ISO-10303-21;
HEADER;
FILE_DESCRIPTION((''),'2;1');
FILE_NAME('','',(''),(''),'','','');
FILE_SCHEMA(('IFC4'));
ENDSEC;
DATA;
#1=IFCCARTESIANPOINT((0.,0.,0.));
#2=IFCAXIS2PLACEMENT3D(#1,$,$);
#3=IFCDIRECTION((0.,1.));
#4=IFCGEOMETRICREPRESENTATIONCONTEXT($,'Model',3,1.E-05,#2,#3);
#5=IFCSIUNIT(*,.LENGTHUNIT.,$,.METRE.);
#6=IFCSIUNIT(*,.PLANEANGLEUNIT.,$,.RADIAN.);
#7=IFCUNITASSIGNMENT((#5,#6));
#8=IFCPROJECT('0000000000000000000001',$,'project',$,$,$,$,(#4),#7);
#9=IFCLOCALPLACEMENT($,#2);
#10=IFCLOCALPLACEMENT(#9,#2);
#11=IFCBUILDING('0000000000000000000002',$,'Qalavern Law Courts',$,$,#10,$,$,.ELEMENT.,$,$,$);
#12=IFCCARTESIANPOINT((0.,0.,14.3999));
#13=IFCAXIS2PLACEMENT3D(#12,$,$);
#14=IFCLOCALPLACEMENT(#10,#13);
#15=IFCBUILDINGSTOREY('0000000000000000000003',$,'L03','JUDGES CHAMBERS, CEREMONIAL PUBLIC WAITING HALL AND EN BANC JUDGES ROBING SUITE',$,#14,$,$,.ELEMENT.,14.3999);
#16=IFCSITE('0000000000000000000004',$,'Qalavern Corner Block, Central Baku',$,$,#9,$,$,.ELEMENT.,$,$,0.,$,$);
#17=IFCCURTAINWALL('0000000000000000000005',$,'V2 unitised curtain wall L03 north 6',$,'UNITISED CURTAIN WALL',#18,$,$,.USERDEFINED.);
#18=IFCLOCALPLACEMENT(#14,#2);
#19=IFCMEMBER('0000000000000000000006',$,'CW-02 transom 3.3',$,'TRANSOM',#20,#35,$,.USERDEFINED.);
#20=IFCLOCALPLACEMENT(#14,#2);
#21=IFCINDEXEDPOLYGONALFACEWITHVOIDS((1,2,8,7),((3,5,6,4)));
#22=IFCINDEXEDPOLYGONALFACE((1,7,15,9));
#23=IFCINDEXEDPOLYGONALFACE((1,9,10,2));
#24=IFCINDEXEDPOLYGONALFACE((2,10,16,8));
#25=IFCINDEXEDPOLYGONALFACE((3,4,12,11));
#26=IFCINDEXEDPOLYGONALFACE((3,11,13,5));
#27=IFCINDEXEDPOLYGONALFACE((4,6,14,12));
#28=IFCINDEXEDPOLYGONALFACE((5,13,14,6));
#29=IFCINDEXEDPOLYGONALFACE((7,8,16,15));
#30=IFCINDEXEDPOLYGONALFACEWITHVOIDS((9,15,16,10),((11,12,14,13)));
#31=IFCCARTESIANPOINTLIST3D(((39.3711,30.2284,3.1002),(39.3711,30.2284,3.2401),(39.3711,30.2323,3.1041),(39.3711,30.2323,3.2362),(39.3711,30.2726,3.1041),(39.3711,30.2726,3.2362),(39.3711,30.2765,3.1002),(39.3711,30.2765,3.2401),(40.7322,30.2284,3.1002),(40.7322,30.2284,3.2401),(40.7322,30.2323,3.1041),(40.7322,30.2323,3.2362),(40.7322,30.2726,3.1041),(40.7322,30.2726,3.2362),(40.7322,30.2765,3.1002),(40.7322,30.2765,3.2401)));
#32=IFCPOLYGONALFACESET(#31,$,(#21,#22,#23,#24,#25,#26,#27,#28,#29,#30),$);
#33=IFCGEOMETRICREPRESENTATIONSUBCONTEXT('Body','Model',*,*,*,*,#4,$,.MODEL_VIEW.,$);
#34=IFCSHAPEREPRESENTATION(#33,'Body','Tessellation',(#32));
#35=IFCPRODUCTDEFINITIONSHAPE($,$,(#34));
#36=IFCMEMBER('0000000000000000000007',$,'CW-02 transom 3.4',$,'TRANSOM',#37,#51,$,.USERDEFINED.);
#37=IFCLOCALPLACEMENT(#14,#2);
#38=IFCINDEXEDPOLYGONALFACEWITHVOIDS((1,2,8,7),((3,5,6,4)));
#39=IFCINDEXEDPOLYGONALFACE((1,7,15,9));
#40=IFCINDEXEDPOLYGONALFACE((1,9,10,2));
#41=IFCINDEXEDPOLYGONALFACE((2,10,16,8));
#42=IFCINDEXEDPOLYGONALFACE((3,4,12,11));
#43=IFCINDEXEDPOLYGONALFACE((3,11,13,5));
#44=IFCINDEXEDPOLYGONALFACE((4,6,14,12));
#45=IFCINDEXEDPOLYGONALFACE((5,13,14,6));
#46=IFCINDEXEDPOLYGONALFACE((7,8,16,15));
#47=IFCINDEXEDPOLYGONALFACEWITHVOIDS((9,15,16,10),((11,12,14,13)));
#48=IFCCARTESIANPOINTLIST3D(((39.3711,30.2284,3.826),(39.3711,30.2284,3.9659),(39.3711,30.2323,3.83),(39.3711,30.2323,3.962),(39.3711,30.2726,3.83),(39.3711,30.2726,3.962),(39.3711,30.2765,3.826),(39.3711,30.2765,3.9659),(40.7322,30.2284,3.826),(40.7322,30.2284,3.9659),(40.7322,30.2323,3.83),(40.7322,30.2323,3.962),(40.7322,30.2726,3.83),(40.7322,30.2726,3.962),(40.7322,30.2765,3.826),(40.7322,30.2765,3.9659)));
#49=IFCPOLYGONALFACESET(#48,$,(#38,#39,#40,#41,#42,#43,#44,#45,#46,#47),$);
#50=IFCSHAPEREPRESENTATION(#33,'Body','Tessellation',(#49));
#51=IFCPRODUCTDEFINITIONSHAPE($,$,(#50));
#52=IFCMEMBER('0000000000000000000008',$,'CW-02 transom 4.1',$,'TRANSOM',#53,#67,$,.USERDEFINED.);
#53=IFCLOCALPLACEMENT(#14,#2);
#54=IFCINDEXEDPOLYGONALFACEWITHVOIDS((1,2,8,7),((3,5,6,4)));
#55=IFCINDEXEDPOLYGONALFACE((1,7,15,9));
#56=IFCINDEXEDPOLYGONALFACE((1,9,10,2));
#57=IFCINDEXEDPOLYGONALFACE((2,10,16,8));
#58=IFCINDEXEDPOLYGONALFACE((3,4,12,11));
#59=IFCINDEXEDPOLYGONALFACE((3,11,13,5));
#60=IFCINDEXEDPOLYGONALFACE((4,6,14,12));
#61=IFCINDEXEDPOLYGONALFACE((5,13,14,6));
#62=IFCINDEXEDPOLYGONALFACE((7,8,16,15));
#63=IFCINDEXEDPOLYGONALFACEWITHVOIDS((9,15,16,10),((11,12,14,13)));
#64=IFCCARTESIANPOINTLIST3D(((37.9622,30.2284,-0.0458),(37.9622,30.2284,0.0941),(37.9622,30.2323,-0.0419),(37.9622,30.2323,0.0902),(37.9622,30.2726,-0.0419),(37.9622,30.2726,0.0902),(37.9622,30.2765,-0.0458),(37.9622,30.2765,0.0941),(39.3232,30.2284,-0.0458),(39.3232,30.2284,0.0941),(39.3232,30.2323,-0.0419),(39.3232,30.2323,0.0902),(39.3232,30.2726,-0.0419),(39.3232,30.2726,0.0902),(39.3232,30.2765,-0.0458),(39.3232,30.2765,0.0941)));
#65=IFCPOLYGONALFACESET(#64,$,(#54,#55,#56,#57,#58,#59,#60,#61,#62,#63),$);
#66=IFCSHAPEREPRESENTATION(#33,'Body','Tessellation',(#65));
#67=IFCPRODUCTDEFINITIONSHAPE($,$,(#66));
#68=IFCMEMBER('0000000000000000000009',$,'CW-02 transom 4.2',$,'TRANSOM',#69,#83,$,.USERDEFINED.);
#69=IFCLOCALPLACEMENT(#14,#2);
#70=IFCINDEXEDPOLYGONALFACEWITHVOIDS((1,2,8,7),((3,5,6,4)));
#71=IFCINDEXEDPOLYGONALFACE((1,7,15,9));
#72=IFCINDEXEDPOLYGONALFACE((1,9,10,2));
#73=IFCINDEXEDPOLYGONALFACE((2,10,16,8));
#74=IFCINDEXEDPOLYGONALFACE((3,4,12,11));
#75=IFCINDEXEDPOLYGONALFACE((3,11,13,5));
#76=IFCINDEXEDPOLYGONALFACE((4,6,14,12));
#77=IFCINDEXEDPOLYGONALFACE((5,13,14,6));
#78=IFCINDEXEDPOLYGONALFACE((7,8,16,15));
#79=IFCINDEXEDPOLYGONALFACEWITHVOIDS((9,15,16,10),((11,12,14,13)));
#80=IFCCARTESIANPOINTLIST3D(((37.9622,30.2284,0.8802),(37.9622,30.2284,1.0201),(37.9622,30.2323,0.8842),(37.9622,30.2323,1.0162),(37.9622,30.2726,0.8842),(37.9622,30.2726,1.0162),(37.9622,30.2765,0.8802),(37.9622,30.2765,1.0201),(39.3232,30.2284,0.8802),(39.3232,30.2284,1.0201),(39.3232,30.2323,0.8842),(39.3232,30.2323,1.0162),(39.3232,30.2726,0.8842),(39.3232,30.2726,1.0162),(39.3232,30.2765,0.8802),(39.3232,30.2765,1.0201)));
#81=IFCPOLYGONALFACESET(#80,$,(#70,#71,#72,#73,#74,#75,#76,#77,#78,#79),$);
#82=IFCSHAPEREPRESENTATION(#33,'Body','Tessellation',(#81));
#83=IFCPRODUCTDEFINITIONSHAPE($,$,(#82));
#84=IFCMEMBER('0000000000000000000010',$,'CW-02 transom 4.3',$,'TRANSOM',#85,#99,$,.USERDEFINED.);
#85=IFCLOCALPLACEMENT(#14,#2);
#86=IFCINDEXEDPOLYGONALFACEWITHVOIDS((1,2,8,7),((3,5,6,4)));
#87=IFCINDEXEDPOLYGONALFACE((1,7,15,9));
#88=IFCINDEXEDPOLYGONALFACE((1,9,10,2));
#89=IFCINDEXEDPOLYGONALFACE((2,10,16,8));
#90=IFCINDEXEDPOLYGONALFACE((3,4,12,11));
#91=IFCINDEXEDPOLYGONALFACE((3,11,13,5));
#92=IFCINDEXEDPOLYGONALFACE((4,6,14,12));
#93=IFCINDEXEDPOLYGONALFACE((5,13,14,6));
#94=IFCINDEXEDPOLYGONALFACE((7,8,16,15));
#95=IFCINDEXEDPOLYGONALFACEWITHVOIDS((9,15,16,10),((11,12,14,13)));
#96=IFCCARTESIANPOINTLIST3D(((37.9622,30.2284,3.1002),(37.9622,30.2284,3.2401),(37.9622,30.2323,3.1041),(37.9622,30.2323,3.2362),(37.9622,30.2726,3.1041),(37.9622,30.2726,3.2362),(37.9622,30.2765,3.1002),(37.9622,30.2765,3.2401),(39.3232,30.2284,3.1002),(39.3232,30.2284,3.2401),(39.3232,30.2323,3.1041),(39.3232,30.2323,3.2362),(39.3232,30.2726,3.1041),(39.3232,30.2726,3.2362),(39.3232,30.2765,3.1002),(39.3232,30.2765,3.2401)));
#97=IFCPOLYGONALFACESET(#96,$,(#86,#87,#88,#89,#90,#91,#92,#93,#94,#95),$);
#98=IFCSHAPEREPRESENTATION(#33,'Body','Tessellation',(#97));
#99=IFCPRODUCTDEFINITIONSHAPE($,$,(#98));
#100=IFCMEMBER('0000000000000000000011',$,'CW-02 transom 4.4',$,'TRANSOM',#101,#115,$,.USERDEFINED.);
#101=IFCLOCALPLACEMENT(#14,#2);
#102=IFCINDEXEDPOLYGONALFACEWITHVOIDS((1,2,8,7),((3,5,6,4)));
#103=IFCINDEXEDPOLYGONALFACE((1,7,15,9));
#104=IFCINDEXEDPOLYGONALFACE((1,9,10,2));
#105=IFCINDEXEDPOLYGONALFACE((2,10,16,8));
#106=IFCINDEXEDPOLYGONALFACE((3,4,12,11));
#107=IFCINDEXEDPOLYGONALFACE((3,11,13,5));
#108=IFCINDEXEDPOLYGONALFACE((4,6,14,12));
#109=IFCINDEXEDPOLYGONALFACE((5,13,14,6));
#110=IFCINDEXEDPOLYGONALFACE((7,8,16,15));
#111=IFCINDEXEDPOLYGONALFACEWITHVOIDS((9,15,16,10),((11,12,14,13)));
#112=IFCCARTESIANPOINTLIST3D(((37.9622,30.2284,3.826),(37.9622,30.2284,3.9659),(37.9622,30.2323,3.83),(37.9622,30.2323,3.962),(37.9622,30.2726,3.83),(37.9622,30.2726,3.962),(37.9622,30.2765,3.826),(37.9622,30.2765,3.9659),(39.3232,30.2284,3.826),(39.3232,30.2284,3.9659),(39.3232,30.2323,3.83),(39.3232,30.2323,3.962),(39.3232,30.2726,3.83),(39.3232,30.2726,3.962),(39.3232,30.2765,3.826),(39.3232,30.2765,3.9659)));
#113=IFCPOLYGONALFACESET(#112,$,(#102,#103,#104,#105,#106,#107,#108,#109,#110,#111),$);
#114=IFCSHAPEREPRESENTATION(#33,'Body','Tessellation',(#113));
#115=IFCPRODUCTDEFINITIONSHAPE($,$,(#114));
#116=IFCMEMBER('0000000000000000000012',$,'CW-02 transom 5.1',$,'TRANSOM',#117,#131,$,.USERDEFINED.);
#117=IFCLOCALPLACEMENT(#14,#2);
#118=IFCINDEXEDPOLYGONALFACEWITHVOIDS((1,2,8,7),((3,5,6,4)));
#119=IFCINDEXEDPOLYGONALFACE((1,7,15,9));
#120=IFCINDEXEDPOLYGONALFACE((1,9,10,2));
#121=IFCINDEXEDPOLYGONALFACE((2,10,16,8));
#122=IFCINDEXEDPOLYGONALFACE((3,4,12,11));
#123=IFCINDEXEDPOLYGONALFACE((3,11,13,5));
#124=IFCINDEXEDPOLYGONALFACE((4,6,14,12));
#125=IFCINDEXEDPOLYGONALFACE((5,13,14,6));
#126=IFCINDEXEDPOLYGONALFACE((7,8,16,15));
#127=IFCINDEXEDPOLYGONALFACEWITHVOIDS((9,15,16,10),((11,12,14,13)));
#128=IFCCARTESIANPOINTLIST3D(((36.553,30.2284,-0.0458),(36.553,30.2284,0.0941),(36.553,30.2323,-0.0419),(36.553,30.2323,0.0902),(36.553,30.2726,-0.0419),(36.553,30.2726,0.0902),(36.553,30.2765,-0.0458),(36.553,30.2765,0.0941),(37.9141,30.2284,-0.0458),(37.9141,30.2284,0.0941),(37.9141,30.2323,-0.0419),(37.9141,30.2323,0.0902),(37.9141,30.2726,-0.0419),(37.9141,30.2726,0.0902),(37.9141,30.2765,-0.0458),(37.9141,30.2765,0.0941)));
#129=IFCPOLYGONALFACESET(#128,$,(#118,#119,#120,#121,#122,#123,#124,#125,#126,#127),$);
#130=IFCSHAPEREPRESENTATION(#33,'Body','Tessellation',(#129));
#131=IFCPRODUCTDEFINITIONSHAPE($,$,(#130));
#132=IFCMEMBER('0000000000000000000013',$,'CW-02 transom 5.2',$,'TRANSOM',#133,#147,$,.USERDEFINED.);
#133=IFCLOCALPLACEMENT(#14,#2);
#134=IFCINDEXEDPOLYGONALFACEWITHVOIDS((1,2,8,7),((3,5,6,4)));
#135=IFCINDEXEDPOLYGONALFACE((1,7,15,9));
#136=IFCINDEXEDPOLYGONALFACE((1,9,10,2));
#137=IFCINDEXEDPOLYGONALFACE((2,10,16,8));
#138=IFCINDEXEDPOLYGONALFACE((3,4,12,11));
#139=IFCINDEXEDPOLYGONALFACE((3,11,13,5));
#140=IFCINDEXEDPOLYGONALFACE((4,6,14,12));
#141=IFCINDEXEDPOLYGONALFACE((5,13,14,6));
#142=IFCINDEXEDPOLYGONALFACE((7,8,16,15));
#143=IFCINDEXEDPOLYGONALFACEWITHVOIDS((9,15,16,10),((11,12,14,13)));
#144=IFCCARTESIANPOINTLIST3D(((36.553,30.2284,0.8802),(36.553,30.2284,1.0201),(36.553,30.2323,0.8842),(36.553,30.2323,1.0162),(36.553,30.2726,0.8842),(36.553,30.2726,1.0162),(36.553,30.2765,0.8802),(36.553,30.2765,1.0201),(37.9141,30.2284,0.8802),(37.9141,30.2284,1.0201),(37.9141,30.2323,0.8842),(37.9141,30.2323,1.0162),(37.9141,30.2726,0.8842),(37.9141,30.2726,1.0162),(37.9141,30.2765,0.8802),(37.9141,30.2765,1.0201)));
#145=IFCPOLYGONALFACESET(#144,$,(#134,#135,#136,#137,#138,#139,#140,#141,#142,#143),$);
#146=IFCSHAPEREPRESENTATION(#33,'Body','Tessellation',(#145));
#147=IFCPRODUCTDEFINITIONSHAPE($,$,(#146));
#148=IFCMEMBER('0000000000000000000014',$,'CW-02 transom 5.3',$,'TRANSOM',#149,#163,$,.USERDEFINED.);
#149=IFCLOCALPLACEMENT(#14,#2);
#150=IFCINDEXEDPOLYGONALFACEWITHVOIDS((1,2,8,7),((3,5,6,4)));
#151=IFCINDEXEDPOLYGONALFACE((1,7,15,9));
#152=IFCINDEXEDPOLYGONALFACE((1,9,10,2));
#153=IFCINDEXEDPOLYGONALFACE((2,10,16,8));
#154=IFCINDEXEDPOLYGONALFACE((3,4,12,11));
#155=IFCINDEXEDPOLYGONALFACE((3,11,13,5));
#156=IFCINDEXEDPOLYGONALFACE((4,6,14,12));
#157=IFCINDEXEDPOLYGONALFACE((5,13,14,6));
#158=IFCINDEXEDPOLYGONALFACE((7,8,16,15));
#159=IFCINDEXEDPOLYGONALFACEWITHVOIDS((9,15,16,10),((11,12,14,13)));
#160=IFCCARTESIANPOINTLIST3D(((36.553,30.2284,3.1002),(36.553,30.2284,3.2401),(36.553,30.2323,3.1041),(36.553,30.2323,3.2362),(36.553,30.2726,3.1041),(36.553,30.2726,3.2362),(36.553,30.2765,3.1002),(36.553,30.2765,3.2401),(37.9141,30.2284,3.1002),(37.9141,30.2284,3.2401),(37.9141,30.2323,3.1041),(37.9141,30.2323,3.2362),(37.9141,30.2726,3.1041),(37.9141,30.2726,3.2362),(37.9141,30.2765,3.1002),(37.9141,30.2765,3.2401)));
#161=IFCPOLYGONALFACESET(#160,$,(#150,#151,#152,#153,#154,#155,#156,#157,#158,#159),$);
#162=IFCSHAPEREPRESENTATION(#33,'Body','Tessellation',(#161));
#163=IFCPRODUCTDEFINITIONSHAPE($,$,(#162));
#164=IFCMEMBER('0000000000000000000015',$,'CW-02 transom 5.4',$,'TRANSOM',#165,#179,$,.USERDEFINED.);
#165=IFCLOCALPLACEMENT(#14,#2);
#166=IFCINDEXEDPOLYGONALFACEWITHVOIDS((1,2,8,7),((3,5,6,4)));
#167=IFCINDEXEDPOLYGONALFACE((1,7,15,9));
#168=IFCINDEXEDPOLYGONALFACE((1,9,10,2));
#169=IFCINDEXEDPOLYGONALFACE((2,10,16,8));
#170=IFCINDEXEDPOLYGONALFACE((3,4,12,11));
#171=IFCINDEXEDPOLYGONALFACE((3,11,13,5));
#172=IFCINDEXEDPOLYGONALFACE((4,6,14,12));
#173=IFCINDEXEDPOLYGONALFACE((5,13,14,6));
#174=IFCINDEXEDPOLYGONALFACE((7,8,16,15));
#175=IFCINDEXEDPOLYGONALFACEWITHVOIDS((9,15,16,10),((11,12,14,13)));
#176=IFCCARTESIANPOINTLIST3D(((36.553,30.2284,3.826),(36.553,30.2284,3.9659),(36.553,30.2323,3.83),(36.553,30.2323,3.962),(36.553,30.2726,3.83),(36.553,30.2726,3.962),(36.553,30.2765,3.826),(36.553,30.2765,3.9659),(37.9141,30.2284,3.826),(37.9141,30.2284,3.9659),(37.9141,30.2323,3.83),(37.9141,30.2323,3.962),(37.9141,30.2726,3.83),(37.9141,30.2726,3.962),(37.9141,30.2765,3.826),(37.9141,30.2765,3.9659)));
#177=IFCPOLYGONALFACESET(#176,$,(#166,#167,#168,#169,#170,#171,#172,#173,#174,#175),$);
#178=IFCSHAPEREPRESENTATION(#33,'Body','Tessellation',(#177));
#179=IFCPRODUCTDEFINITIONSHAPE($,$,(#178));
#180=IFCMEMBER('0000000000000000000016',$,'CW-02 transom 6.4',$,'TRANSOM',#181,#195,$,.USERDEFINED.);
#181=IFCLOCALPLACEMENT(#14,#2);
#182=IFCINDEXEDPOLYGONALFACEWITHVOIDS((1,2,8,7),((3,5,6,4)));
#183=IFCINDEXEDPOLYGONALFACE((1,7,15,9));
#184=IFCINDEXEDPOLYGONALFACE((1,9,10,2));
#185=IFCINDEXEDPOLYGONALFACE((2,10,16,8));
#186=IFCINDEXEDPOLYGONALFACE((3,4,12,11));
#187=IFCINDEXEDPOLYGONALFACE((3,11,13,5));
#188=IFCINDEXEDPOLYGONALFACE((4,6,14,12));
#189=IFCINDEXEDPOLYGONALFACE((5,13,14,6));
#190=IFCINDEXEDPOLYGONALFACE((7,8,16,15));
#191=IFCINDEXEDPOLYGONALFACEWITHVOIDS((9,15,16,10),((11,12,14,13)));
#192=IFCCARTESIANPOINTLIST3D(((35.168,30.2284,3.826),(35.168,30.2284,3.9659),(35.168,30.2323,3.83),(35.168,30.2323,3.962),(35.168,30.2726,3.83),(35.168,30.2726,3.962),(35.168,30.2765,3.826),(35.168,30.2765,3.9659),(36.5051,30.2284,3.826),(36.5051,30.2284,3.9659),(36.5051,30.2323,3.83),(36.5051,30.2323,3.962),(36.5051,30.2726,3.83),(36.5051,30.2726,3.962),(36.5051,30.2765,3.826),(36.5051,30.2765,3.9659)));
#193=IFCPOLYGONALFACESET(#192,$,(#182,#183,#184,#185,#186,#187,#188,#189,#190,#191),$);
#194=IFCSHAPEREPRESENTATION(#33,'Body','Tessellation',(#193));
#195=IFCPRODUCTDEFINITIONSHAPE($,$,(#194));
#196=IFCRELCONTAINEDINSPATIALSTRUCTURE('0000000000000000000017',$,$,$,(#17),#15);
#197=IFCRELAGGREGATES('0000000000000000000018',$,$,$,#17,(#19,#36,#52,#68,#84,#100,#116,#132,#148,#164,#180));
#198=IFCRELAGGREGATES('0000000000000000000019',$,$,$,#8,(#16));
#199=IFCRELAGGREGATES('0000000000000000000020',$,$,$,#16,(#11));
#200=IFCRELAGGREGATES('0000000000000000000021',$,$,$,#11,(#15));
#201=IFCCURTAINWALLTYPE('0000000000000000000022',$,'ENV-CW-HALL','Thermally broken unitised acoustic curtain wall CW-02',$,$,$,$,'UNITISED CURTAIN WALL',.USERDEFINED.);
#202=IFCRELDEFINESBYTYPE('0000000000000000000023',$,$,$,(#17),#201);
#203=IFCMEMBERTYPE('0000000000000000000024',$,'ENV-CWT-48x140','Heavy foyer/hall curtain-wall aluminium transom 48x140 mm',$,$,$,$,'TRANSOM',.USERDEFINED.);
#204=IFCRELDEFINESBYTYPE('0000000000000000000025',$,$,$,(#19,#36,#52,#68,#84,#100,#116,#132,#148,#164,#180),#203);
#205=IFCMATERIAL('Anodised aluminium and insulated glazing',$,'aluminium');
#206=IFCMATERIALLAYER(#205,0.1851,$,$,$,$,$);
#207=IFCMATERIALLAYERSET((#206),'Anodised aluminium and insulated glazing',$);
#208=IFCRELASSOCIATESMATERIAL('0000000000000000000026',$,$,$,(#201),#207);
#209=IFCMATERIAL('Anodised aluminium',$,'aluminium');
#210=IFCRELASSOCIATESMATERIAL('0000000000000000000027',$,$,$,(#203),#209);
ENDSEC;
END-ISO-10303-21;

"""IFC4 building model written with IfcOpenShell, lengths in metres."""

from ifc_helpers import new_model, si_unit, direction, frame, origin, origin_2d, place, context, subcontext, project, spatial, hollow_rectangle, extrude, material, layer, layer_set, material_profile, profile_set, type_object, element, aggregate, save


model = new_model("IFC4")

# Units and contexts
model_context = context("Model", 3, precision=1e-05, world=origin(), true_north=direction((0.0, 1.0)))
body_context = subcontext(model_context, "Body", "Model", "MODEL_VIEW")
ifc_project = project(units=[si_unit("LENGTHUNIT", "METRE"), si_unit("PLANEANGLEUNIT", "RADIAN")], contexts=[model_context])

# Site, building, storey
site_placement = place(None, origin())
site = spatial("IfcSite", under=ifc_project, at=site_placement, Name="Qalavern Corner Block, Central Baku", CompositionType="ELEMENT", RefElevation=0.0)
building_placement = place(site_placement, origin())
building = spatial("IfcBuilding", under=site, at=building_placement, Name="Qalavern Law Courts", CompositionType="ELEMENT")
storey_placement = place(building_placement, frame((0.0, 0.0, 14.3999)))
storey = spatial("IfcBuildingStorey", under=building, at=storey_placement, Name="L03", Description="JUDGES CHAMBERS, CEREMONIAL PUBLIC WAITING HALL AND EN BANC JUDGES ROBING SUITE", CompositionType="ELEMENT", Elevation=14.3999)

# Curtain wall, members
ifc_material_1 = material(Name="Anodised aluminium and insulated glazing", Category="aluminium")
ifc_layer_1 = layer(ifc_material_1, 0.1851)
ifc_layer_set_1 = layer_set([ifc_layer_1], Name="Anodised aluminium and insulated glazing")
curtain_wall_type = type_object("IfcCurtainWallType", Name="ENV-CW-HALL", Description="Thermally broken unitised acoustic curtain wall CW-02", ElementType="UNITISED CURTAIN WALL", PredefinedType="USERDEFINED", material=ifc_layer_set_1)
curtain_wall_placement = place(storey_placement, origin())
curtain_wall = element("IfcCurtainWall", 1, at=curtain_wall_placement, inside=storey, type_object=curtain_wall_type, Name="V2 unitised curtain wall L03 north 6", ObjectType="UNITISED CURTAIN WALL", PredefinedType="USERDEFINED")
ifc_material_2 = material(Name="Anodised aluminium", Category="aluminium")
ifc_material_profile_1 = material_profile(ifc_material_2, hollow_rectangle(XDim=0.0481, YDim=0.1399, WallThickness=0.0039, at=origin_2d()), Name="ALU TRANSOM 48x140")
ifc_profile_set_1 = profile_set([ifc_material_profile_1], Name="Anodised aluminium")
member_type_1 = type_object("IfcMemberType", Name="ENV-CWT-48x140", Description="Heavy foyer/hall curtain-wall aluminium transom 48x140 mm", ElementType="TRANSOM", PredefinedType="USERDEFINED", material=ifc_profile_set_1)
member_1_placement = place(storey_placement, frame((40.7322, 30.2524, 3.1702), z_axis=(-1.0, 0.0, 0.0), x_axis=(0.0, -1.0, 0.0)))
member_1 = element("IfcMember", 2, at=member_1_placement, type_object=member_type_1, Name="CW-02 transom 3.3", ObjectType="TRANSOM", PredefinedType="USERDEFINED", context=body_context, shape_type="SweptSolid", body=[
    extrude(hollow_rectangle(XDim=0.0481, YDim=0.1399, WallThickness=0.0039, at=origin_2d()), origin(), (0.0, 0.0, 1.0), 1.3611),
])
member_2_placement = place(storey_placement, frame((40.7322, 30.2524, 3.896), z_axis=(-1.0, 0.0, 0.0), x_axis=(0.0, -1.0, 0.0)))
member_2 = element("IfcMember", 3, at=member_2_placement, type_object=member_type_1, Name="CW-02 transom 3.4", ObjectType="TRANSOM", PredefinedType="USERDEFINED", context=body_context, shape_type="SweptSolid", body=[
    extrude(hollow_rectangle(XDim=0.0481, YDim=0.1399, WallThickness=0.0039, at=origin_2d()), origin(), (0.0, 0.0, 1.0), 1.3611),
])
member_3_placement = place(storey_placement, frame((39.3232, 30.2524, 0.0242), z_axis=(-1.0, 0.0, 0.0), x_axis=(0.0, -1.0, 0.0)))
member_3 = element("IfcMember", 4, at=member_3_placement, type_object=member_type_1, Name="CW-02 transom 4.1", ObjectType="TRANSOM", PredefinedType="USERDEFINED", context=body_context, shape_type="SweptSolid", body=[
    extrude(hollow_rectangle(XDim=0.0481, YDim=0.1399, WallThickness=0.0039, at=origin_2d()), origin(), (0.0, 0.0, 1.0), 1.3611),
])
member_4_placement = place(storey_placement, frame((39.3232, 30.2524, 0.9502), z_axis=(-1.0, 0.0, 0.0), x_axis=(0.0, -1.0, 0.0)))
member_4 = element("IfcMember", 5, at=member_4_placement, type_object=member_type_1, Name="CW-02 transom 4.2", ObjectType="TRANSOM", PredefinedType="USERDEFINED", context=body_context, shape_type="SweptSolid", body=[
    extrude(hollow_rectangle(XDim=0.0481, YDim=0.1399, WallThickness=0.0039, at=origin_2d()), origin(), (0.0, 0.0, 1.0), 1.3611),
])
member_5_placement = place(storey_placement, frame((39.3232, 30.2524, 3.1702), z_axis=(-1.0, 0.0, 0.0), x_axis=(0.0, -1.0, 0.0)))
member_5 = element("IfcMember", 6, at=member_5_placement, type_object=member_type_1, Name="CW-02 transom 4.3", ObjectType="TRANSOM", PredefinedType="USERDEFINED", context=body_context, shape_type="SweptSolid", body=[
    extrude(hollow_rectangle(XDim=0.0481, YDim=0.1399, WallThickness=0.0039, at=origin_2d()), origin(), (0.0, 0.0, 1.0), 1.3611),
])
member_6_placement = place(storey_placement, frame((39.3232, 30.2524, 3.896), z_axis=(-1.0, 0.0, 0.0), x_axis=(0.0, -1.0, 0.0)))
member_6 = element("IfcMember", 7, at=member_6_placement, type_object=member_type_1, Name="CW-02 transom 4.4", ObjectType="TRANSOM", PredefinedType="USERDEFINED", context=body_context, shape_type="SweptSolid", body=[
    extrude(hollow_rectangle(XDim=0.0481, YDim=0.1399, WallThickness=0.0039, at=origin_2d()), origin(), (0.0, 0.0, 1.0), 1.3611),
])
member_7_placement = place(storey_placement, frame((37.9141, 30.2524, 0.0242), z_axis=(-1.0, 0.0, 0.0), x_axis=(0.0, -1.0, 0.0)))
member_7 = element("IfcMember", 8, at=member_7_placement, type_object=member_type_1, Name="CW-02 transom 5.1", ObjectType="TRANSOM", PredefinedType="USERDEFINED", context=body_context, shape_type="SweptSolid", body=[
    extrude(hollow_rectangle(XDim=0.0481, YDim=0.1399, WallThickness=0.0039, at=origin_2d()), origin(), (0.0, 0.0, 1.0), 1.3611),
])
member_8_placement = place(storey_placement, frame((37.9141, 30.2524, 0.9502), z_axis=(-1.0, 0.0, 0.0), x_axis=(0.0, -1.0, 0.0)))
member_8 = element("IfcMember", 9, at=member_8_placement, type_object=member_type_1, Name="CW-02 transom 5.2", ObjectType="TRANSOM", PredefinedType="USERDEFINED", context=body_context, shape_type="SweptSolid", body=[
    extrude(hollow_rectangle(XDim=0.0481, YDim=0.1399, WallThickness=0.0039, at=origin_2d()), origin(), (0.0, 0.0, 1.0), 1.3611),
])
member_9_placement = place(storey_placement, frame((37.9141, 30.2524, 3.1702), z_axis=(-1.0, 0.0, 0.0), x_axis=(0.0, -1.0, 0.0)))
member_9 = element("IfcMember", 10, at=member_9_placement, type_object=member_type_1, Name="CW-02 transom 5.3", ObjectType="TRANSOM", PredefinedType="USERDEFINED", context=body_context, shape_type="SweptSolid", body=[
    extrude(hollow_rectangle(XDim=0.0481, YDim=0.1399, WallThickness=0.0039, at=origin_2d()), origin(), (0.0, 0.0, 1.0), 1.3611),
])
member_10_placement = place(storey_placement, frame((37.9141, 30.2524, 3.896), z_axis=(-1.0, 0.0, 0.0), x_axis=(0.0, -1.0, 0.0)))
member_10 = element("IfcMember", 11, at=member_10_placement, type_object=member_type_1, Name="CW-02 transom 5.4", ObjectType="TRANSOM", PredefinedType="USERDEFINED", context=body_context, shape_type="SweptSolid", body=[
    extrude(hollow_rectangle(XDim=0.0481, YDim=0.1399, WallThickness=0.0039, at=origin_2d()), origin(), (0.0, 0.0, 1.0), 1.3611),
])
member_11_placement = place(storey_placement, frame((36.5051, 30.2524, 3.896), z_axis=(-1.0, 0.0, 0.0), x_axis=(0.0, -1.0, 0.0)))
member_11 = element("IfcMember", 12, at=member_11_placement, type_object=member_type_1, Name="CW-02 transom 6.4", ObjectType="TRANSOM", PredefinedType="USERDEFINED", context=body_context, shape_type="SweptSolid", body=[
    extrude(hollow_rectangle(XDim=0.0481, YDim=0.1399, WallThickness=0.0039, at=origin_2d()), origin(), (0.0, 0.0, 1.0), 1.3372),
])
aggregate(curtain_wall, [member_1, member_2, member_3, member_4, member_5, member_6, member_7, member_8, member_9, member_10, member_11])

save(model, "model.ifc")
